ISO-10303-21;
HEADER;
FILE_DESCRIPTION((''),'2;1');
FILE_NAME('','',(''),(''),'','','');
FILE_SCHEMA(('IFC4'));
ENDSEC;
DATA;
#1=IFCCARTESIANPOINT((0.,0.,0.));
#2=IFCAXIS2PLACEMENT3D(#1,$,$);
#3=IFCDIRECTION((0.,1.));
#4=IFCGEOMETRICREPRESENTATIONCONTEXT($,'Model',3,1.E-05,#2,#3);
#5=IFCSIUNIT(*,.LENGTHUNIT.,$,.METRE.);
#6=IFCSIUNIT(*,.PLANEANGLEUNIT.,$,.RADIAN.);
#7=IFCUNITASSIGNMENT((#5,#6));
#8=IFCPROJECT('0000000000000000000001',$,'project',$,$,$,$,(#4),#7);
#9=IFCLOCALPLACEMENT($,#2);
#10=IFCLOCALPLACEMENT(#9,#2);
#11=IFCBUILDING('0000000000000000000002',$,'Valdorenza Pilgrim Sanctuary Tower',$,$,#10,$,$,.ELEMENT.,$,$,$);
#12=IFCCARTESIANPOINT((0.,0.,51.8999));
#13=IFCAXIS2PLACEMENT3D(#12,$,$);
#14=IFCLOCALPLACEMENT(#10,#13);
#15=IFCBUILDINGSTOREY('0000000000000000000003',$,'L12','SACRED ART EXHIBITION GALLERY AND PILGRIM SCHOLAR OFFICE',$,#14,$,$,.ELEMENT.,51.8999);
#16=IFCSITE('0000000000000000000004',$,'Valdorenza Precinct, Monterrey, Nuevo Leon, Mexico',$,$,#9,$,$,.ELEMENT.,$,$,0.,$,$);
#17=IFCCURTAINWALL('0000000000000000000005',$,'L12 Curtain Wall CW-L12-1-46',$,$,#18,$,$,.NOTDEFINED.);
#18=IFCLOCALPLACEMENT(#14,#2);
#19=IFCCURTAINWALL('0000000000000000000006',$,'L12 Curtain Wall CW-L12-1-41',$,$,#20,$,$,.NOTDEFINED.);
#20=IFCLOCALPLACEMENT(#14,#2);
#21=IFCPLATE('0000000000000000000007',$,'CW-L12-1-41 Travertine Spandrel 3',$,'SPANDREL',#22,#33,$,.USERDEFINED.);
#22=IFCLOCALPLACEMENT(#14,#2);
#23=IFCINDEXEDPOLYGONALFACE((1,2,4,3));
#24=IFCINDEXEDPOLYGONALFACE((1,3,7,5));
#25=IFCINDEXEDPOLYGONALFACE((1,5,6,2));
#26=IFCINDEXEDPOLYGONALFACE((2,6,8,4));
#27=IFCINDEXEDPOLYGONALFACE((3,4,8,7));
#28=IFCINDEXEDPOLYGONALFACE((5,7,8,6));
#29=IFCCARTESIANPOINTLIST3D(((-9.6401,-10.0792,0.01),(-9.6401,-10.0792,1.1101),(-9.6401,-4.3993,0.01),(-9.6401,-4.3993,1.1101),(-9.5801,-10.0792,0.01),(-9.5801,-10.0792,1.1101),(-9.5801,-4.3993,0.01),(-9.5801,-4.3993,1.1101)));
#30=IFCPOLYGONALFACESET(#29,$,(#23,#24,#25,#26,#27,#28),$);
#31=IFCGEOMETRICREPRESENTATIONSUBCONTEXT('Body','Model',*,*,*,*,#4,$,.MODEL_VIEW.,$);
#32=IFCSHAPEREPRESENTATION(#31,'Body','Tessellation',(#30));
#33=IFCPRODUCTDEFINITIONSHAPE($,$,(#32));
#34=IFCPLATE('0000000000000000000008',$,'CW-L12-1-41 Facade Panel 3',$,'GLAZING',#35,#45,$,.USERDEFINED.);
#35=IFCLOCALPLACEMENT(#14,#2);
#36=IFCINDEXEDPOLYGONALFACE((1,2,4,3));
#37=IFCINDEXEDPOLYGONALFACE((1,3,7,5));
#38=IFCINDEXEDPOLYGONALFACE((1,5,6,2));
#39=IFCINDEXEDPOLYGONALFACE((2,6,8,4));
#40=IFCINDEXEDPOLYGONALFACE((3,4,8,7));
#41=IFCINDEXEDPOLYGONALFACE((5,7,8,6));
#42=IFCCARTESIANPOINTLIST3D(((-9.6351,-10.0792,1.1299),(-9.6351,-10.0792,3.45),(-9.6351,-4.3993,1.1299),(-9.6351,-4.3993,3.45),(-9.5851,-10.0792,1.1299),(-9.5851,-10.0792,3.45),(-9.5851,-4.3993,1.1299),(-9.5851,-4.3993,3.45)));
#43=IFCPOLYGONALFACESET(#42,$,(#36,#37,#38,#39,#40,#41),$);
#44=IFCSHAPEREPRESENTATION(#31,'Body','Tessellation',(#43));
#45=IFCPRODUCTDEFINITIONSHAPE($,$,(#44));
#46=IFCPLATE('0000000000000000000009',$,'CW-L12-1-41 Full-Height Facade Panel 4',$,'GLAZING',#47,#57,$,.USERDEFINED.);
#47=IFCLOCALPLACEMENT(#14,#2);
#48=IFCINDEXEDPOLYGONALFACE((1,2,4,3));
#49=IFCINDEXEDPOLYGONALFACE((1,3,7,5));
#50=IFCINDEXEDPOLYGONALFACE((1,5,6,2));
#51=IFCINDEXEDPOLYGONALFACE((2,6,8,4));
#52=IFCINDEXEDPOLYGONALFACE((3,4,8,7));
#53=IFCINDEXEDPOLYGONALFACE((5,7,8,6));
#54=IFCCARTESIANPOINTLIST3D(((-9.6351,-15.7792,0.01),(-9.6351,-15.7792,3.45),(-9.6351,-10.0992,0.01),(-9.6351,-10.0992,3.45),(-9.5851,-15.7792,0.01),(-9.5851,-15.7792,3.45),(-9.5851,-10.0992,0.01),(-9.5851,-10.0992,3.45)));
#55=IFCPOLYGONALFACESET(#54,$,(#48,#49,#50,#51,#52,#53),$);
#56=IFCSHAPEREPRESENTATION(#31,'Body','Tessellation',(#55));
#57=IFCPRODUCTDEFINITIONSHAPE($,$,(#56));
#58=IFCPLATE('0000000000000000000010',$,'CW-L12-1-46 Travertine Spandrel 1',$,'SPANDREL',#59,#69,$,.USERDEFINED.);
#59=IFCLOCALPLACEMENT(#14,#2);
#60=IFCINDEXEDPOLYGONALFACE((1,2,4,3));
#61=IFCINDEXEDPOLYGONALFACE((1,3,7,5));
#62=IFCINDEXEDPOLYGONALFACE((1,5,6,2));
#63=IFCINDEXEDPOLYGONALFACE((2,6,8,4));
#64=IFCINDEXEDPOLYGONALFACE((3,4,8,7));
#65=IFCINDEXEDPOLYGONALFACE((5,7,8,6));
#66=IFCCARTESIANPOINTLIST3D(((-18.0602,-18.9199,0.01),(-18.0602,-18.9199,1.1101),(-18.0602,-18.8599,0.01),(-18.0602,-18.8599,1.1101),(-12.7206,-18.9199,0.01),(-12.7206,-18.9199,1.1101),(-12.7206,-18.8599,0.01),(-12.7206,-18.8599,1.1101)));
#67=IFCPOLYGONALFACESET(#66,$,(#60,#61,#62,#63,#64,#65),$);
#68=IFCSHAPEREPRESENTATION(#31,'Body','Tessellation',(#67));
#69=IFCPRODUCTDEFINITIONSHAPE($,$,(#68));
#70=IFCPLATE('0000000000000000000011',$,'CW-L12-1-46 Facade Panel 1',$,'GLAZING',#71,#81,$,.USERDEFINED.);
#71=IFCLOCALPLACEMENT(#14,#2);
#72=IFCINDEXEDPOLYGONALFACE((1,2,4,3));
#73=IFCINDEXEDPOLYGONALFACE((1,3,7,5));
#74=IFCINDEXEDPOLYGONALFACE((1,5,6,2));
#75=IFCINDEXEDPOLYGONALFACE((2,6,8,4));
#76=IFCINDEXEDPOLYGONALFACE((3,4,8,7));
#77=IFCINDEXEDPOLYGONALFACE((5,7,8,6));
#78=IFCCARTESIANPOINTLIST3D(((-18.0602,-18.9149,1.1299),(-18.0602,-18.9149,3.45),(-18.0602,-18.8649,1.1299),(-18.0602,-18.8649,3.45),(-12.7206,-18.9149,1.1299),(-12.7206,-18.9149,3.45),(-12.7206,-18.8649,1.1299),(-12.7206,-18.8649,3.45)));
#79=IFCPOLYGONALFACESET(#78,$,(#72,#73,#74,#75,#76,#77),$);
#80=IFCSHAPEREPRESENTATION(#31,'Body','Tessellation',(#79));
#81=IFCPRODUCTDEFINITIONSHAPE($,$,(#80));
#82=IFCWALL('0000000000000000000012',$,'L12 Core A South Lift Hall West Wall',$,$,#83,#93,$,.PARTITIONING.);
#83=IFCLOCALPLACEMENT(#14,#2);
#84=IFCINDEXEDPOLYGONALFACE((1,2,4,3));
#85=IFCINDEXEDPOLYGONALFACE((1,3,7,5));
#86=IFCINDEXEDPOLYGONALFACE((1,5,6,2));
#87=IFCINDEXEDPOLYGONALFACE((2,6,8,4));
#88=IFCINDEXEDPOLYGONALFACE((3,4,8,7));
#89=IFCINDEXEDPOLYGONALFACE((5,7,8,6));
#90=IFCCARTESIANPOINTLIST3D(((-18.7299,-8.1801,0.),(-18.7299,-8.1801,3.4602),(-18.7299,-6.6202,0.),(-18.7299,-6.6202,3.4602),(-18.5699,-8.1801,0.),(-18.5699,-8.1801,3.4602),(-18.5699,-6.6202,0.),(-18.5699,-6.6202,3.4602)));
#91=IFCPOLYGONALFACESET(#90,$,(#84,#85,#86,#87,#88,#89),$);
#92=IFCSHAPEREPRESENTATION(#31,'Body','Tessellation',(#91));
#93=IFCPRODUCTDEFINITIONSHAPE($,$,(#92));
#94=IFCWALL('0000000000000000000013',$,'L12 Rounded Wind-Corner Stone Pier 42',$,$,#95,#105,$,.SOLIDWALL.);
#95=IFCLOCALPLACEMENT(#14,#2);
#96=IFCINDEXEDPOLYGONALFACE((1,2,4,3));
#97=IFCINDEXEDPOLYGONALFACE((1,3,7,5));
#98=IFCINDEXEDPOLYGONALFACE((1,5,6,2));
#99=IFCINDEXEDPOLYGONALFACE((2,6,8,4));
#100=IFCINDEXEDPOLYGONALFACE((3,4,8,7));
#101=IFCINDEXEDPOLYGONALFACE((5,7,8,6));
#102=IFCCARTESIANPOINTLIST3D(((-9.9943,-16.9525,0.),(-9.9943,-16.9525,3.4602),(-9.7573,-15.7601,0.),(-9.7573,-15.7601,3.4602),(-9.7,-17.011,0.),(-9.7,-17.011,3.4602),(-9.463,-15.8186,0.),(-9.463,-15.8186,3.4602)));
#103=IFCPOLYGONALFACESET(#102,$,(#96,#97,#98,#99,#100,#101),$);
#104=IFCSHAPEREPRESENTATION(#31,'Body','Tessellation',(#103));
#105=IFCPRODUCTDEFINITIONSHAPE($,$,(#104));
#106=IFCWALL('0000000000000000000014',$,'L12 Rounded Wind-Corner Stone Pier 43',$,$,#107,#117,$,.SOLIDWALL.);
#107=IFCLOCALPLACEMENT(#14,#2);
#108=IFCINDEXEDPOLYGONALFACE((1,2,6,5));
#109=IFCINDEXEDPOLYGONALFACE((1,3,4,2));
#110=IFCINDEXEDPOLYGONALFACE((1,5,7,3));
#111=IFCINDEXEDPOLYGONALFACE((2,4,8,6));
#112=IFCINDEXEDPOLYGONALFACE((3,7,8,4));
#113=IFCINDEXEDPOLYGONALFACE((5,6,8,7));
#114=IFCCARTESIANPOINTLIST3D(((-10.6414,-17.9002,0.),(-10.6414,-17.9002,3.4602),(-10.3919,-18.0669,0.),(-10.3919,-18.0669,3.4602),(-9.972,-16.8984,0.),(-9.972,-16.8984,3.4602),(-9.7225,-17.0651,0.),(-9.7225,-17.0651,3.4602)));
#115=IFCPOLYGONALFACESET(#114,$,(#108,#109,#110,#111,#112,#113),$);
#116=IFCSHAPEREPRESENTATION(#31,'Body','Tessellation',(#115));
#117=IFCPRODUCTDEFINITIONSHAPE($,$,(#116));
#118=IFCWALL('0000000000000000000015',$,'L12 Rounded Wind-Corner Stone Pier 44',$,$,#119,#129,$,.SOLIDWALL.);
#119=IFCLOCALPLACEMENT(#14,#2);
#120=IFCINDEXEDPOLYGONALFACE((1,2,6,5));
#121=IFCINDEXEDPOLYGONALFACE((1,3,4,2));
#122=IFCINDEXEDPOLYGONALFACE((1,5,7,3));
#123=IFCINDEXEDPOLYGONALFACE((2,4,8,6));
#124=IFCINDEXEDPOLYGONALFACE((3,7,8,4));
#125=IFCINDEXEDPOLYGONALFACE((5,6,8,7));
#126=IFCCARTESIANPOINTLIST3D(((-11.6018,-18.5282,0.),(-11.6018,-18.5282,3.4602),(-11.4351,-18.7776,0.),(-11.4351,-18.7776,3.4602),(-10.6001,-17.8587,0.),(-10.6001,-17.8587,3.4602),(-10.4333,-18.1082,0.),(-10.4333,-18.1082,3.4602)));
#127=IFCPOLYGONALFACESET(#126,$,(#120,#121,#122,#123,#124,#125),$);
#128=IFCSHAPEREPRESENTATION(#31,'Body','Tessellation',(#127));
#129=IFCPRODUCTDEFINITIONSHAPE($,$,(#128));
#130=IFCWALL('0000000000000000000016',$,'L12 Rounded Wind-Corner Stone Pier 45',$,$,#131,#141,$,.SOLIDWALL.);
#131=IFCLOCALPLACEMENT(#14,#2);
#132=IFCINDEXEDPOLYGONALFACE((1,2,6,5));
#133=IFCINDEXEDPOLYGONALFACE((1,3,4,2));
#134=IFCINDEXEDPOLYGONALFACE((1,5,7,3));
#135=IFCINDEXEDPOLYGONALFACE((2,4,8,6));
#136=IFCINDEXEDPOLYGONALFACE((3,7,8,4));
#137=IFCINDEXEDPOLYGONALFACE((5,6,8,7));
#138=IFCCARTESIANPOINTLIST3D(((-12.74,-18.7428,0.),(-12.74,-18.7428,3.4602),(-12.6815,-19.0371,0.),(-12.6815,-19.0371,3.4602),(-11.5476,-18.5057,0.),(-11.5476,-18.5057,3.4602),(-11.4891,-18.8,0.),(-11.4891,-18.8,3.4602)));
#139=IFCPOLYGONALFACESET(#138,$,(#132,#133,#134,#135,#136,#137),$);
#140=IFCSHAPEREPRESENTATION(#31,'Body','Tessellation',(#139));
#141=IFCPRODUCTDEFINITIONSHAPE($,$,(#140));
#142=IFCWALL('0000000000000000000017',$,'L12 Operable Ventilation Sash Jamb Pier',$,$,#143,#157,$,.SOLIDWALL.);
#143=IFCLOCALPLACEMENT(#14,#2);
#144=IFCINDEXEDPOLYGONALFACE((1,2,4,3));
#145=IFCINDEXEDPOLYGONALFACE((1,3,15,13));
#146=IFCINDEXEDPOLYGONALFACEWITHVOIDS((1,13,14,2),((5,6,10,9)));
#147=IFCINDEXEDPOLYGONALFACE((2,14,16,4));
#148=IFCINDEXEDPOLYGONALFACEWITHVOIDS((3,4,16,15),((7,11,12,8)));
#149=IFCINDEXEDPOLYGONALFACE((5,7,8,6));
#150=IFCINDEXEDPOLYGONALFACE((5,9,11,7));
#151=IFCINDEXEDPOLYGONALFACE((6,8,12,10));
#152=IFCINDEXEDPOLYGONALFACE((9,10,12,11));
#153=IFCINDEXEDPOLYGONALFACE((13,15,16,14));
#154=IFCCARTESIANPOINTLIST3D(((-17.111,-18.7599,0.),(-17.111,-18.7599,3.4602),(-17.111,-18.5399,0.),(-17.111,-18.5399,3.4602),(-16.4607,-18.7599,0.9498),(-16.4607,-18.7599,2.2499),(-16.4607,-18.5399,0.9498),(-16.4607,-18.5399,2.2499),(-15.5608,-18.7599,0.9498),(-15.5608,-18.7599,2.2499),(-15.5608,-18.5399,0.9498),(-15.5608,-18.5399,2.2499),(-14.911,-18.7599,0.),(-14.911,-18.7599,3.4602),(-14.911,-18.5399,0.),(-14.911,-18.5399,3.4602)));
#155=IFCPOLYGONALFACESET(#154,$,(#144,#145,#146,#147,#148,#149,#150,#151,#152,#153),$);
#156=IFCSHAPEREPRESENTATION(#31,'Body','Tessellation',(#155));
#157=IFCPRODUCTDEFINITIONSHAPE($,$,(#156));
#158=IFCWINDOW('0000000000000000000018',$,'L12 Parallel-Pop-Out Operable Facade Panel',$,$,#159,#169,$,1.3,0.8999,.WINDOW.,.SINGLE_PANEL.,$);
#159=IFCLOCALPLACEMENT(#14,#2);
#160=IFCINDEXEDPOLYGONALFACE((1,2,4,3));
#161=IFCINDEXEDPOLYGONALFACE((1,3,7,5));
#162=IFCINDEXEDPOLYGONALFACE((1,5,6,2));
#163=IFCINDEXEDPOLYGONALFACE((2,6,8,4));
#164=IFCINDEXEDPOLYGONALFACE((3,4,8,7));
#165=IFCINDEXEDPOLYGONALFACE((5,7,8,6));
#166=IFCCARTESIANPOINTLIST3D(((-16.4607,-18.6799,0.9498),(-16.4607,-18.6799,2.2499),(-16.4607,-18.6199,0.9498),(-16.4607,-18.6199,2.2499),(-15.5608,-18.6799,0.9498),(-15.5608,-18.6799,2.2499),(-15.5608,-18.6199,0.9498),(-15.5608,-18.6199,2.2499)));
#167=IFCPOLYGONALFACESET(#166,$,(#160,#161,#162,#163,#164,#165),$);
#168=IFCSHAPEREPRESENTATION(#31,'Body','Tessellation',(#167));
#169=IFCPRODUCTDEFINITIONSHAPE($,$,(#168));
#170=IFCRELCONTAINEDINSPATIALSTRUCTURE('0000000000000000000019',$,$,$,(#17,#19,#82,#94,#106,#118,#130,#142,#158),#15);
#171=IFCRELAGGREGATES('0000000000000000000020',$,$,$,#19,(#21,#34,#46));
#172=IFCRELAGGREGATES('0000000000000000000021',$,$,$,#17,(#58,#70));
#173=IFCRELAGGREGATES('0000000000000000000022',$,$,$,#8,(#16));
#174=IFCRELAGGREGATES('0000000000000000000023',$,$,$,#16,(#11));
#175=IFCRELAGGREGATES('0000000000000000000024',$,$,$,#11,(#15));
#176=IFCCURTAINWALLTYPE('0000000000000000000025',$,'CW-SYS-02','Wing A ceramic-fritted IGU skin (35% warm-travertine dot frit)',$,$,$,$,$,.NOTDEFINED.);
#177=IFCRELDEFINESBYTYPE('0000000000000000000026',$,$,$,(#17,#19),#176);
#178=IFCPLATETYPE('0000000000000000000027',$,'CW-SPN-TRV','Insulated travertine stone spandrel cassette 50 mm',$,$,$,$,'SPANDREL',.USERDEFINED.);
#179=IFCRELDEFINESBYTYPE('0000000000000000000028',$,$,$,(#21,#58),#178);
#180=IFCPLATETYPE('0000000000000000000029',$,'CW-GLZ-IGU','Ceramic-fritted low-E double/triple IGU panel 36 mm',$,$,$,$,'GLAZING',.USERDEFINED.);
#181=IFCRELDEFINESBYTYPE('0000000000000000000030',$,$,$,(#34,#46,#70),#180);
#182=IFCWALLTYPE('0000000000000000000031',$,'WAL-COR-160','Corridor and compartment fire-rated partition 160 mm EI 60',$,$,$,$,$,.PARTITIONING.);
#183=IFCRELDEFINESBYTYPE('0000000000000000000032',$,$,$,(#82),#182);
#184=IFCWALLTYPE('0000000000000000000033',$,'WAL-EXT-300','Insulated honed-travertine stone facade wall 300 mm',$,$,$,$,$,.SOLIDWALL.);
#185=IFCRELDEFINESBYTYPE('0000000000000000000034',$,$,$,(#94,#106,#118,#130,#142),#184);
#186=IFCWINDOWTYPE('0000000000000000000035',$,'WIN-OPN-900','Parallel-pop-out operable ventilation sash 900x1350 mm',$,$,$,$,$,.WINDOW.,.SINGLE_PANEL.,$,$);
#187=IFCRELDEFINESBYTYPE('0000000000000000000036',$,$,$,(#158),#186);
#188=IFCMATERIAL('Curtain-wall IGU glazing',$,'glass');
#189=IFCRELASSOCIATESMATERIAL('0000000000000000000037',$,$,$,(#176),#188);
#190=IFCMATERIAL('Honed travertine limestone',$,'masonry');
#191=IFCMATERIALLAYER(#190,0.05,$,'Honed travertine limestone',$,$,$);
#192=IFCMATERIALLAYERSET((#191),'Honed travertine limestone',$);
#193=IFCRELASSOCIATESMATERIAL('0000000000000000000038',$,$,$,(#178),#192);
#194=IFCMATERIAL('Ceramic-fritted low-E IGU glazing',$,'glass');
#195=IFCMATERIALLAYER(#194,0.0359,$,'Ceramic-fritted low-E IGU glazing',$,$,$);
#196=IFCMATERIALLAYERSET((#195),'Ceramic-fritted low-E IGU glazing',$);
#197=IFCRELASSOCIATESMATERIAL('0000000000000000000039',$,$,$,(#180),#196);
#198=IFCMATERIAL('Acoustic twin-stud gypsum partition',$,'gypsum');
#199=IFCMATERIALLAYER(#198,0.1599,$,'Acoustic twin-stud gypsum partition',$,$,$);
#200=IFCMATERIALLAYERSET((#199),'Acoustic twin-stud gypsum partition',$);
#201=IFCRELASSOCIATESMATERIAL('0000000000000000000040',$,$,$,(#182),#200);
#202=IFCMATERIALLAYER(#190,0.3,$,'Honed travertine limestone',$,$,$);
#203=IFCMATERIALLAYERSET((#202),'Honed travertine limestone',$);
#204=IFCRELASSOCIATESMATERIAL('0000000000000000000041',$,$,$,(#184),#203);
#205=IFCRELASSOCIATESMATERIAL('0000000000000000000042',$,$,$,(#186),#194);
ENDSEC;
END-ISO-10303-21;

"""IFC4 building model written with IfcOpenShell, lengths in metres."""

from ifc_helpers import new_model, si_unit, direction, frame, frame_2d, origin, origin_2d, place, context, subcontext, project, spatial, rectangle, extrude, source, transform, mapped, material, layer, layer_set, type_object, element, fill, aggregate, save


model = new_model("IFC4")

# Units and contexts
model_context = context("Model", 3, precision=1e-05, world=origin(), true_north=direction((0.0, 1.0)))
body_context = subcontext(model_context, "Body", "Model", "MODEL_VIEW")
ifc_project = project(units=[si_unit("LENGTHUNIT", "METRE"), si_unit("PLANEANGLEUNIT", "RADIAN")], contexts=[model_context])

# Site, building, storey
site_placement = place(None, origin())
site = spatial("IfcSite", under=ifc_project, at=site_placement, Name="Valdorenza Precinct, Monterrey, Nuevo Leon, Mexico", CompositionType="ELEMENT", RefElevation=0.0)
building_placement = place(site_placement, origin())
building = spatial("IfcBuilding", under=site, at=building_placement, Name="Valdorenza Pilgrim Sanctuary Tower", CompositionType="ELEMENT")
storey_placement = place(building_placement, frame((0.0, 0.0, 51.8999)))
storey = spatial("IfcBuildingStorey", under=building, at=storey_placement, Name="L12", Description="SACRED ART EXHIBITION GALLERY AND PILGRIM SCHOLAR OFFICE", CompositionType="ELEMENT", Elevation=51.8999)

# Curtain wall
ifc_material_1 = material(Name="Curtain-wall IGU glazing", Category="glass")
curtain_wall_type = type_object("IfcCurtainWallType", Name="CW-SYS-02", Description="Wing A ceramic-fritted IGU skin (35% warm-travertine dot frit)", PredefinedType="NOTDEFINED", material=ifc_material_1)
curtain_wall_1_placement = place(storey_placement, origin())
curtain_wall_1 = element("IfcCurtainWall", 1, at=curtain_wall_1_placement, inside=storey, type_object=curtain_wall_type, Name="L12 Curtain Wall CW-L12-1-46", PredefinedType="NOTDEFINED")

# Curtain wall
curtain_wall_2_placement = place(storey_placement, origin())
curtain_wall_2 = element("IfcCurtainWall", 2, at=curtain_wall_2_placement, inside=storey, type_object=curtain_wall_type, Name="L12 Curtain Wall CW-L12-1-41", PredefinedType="NOTDEFINED")

# Plates
ifc_material_2 = material(Name="Honed travertine limestone", Category="masonry")
ifc_layer_1 = layer(ifc_material_2, 0.05, Name="Honed travertine limestone")
ifc_layer_set_1 = layer_set([ifc_layer_1], Name="Honed travertine limestone")
plate_type_1 = type_object("IfcPlateType", Name="CW-SPN-TRV", Description="Insulated travertine stone spandrel cassette 50 mm", ElementType="SPANDREL", PredefinedType="USERDEFINED", material=ifc_layer_set_1)
shared_shape_1 = source(origin(), body_context, "Body", "SweptSolid", [
    extrude(rectangle(XDim=5.6799, YDim=0.0601, at=origin_2d()), origin(), (0.0, 0.0, 1.0), 1.1001),
])
plate_1_placement = place(storey_placement, frame((-9.6101, -7.2393, 0.01), z_axis=(0.0, 0.0, 1.0), x_axis=(0.0, -1.0, 0.0)))
plate_1 = element("IfcPlate", 3, at=plate_1_placement, type_object=plate_type_1, Name="CW-L12-1-41 Travertine Spandrel 3", ObjectType="SPANDREL", PredefinedType="USERDEFINED", context=body_context, shape_type="MappedRepresentation", body=[
    mapped(shared_shape_1, transform((0.0, 0.0, 0.0), x_axis=(1.0, 0.0, 0.0), y_axis=(0.0, 1.0, 0.0), z_axis=(0.0, 0.0, 1.0), scale=1.0)),
])
ifc_material_3 = material(Name="Ceramic-fritted low-E IGU glazing", Category="glass")
ifc_layer_2 = layer(ifc_material_3, 0.0359, Name="Ceramic-fritted low-E IGU glazing")
ifc_layer_set_2 = layer_set([ifc_layer_2], Name="Ceramic-fritted low-E IGU glazing")
plate_type_2 = type_object("IfcPlateType", Name="CW-GLZ-IGU", Description="Ceramic-fritted low-E double/triple IGU panel 36 mm", ElementType="GLAZING", PredefinedType="USERDEFINED", material=ifc_layer_set_2)
shared_shape_2 = source(origin(), body_context, "Body", "SweptSolid", [
    extrude(rectangle(XDim=5.6799, YDim=0.05, at=origin_2d()), origin(), (0.0, 0.0, 1.0), 2.3201),
])
plate_2_placement = place(storey_placement, frame((-9.6101, -7.2393, 1.1299), z_axis=(0.0, 0.0, 1.0), x_axis=(0.0, -1.0, 0.0)))
plate_2 = element("IfcPlate", 4, at=plate_2_placement, type_object=plate_type_2, Name="CW-L12-1-41 Facade Panel 3", ObjectType="GLAZING", PredefinedType="USERDEFINED", context=body_context, shape_type="MappedRepresentation", body=[
    mapped(shared_shape_2, transform((0.0, 0.0, 0.0), x_axis=(1.0, 0.0, 0.0), y_axis=(0.0, 1.0, 0.0), z_axis=(0.0, 0.0, 1.0), scale=1.0)),
])
shared_shape_3 = source(origin(), body_context, "Body", "SweptSolid", [
    extrude(rectangle(XDim=5.6799, YDim=0.05, at=origin_2d()), origin(), (0.0, 0.0, 1.0), 3.4399),
])
plate_3_placement = place(storey_placement, frame((-9.6101, -12.9392, 0.01), z_axis=(0.0, 0.0, 1.0), x_axis=(0.0, -1.0, 0.0)))
plate_3 = element("IfcPlate", 5, at=plate_3_placement, type_object=plate_type_2, Name="CW-L12-1-41 Full-Height Facade Panel 4", ObjectType="GLAZING", PredefinedType="USERDEFINED", context=body_context, shape_type="MappedRepresentation", body=[
    mapped(shared_shape_3, transform((0.0, 0.0, 0.0), x_axis=(1.0, 0.0, 0.0), y_axis=(0.0, 1.0, 0.0), z_axis=(0.0, 0.0, 1.0), scale=1.0)),
])
aggregate(curtain_wall_2, [plate_1, plate_2, plate_3])
shared_shape_4 = source(origin(), body_context, "Body", "SweptSolid", [
    extrude(rectangle(XDim=5.3396, YDim=0.0601, at=origin_2d()), origin(), (0.0, 0.0, 1.0), 1.1001),
])
plate_4_placement = place(storey_placement, frame((-15.3904, -18.8899, 0.01), z_axis=(0.0, 0.0, 1.0), x_axis=(-1.0, 0.0, 0.0)))
plate_4 = element("IfcPlate", 6, at=plate_4_placement, type_object=plate_type_1, Name="CW-L12-1-46 Travertine Spandrel 1", ObjectType="SPANDREL", PredefinedType="USERDEFINED", context=body_context, shape_type="MappedRepresentation", body=[
    mapped(shared_shape_4, transform((0.0, 0.0, 0.0), x_axis=(1.0, 0.0, 0.0), y_axis=(0.0, 1.0, 0.0), z_axis=(0.0, 0.0, 1.0), scale=1.0)),
])
shared_shape_5 = source(origin(), body_context, "Body", "SweptSolid", [
    extrude(rectangle(XDim=5.3396, YDim=0.05, at=origin_2d()), origin(), (0.0, 0.0, 1.0), 2.3201),
])
plate_5_placement = place(storey_placement, frame((-15.3904, -18.8899, 1.1299), z_axis=(0.0, 0.0, 1.0), x_axis=(-1.0, 0.0, 0.0)))
plate_5 = element("IfcPlate", 7, at=plate_5_placement, type_object=plate_type_2, Name="CW-L12-1-46 Facade Panel 1", ObjectType="GLAZING", PredefinedType="USERDEFINED", context=body_context, shape_type="MappedRepresentation", body=[
    mapped(shared_shape_5, transform((0.0, 0.0, 0.0), x_axis=(1.0, 0.0, 0.0), y_axis=(0.0, 1.0, 0.0), z_axis=(0.0, 0.0, 1.0), scale=1.0)),
])
aggregate(curtain_wall_1, [plate_4, plate_5])

# Walls
ifc_material_4 = material(Name="Acoustic twin-stud gypsum partition", Category="gypsum")
ifc_layer_3 = layer(ifc_material_4, 0.1599, Name="Acoustic twin-stud gypsum partition")
ifc_layer_set_3 = layer_set([ifc_layer_3], Name="Acoustic twin-stud gypsum partition")
wall_type_1 = type_object("IfcWallType", Name="WAL-COR-160", Description="Corridor and compartment fire-rated partition 160 mm EI 60", PredefinedType="PARTITIONING", material=ifc_layer_set_3)
wall_1_placement = place(storey_placement, frame((-18.6499, -8.1799, 0.0), z_axis=(0.0, 0.0, 1.0), x_axis=(0.0, 1.0, 0.0)))
element("IfcWall", 8, at=wall_1_placement, inside=storey, type_object=wall_type_1, Name="L12 Core A South Lift Hall West Wall", PredefinedType="PARTITIONING", context=body_context, shape_type="SweptSolid", body=[
    extrude(rectangle(XDim=1.5598, YDim=0.1599, at=frame_2d((0.7798, 0.0))), origin(), (0.0, 0.0, 1.0), 3.4602),
])
ifc_layer_4 = layer(ifc_material_2, 0.3, Name="Honed travertine limestone")
ifc_layer_set_4 = layer_set([ifc_layer_4], Name="Honed travertine limestone")
wall_type_2 = type_object("IfcWallType", Name="WAL-EXT-300", Description="Insulated honed-travertine stone facade wall 300 mm", PredefinedType="SOLIDWALL", material=ifc_layer_set_4)
wall_2_placement = place(storey_placement, frame((-9.6101, -15.7893, 0.0), z_axis=(0.0, 0.0, 1.0), x_axis=(-0.194996, -0.980804, 0.0)))
element("IfcWall", 9, at=wall_2_placement, inside=storey, type_object=wall_type_2, Name="L12 Rounded Wind-Corner Stone Pier 42", PredefinedType="SOLIDWALL", context=body_context, shape_type="SweptSolid", body=[
    extrude(rectangle(XDim=1.2158, YDim=0.3, at=frame_2d((0.6079, 0.0))), origin(), (0.0, 0.0, 1.0), 3.4602),
])
for number, where, z_axis, x_axis, name in (
    (10, (-9.8472, -16.9817, 0.0), (0.0, 0.0, 1.0), (-0.555635, -0.831426, 0.0), "L12 Rounded Wind-Corner Stone Pier 43"),
    (11, (-10.5166, -17.9834, 0.0), (0.0, 0.0, 1.0), (-0.831426, -0.555635, 0.0), "L12 Rounded Wind-Corner Stone Pier 44"),
):
    element("IfcWall", number, at=place(storey_placement, frame(where, z_axis=z_axis, x_axis=x_axis)), inside=storey, type_object=wall_type_2, Name=name, PredefinedType="SOLIDWALL", context=body_context, shape_type="SweptSolid", body=[
        extrude(rectangle(XDim=1.2048, YDim=0.3, at=frame_2d((0.6025, 0.0))), origin(), (0.0, 0.0, 1.0), 3.4602),
    ])
wall_3_placement = place(storey_placement, frame((-11.5183, -18.6528, 0.0), z_axis=(0.0, 0.0, 1.0), x_axis=(-0.980804, -0.194996, 0.0)))
element("IfcWall", 12, at=wall_3_placement, inside=storey, type_object=wall_type_2, Name="L12 Rounded Wind-Corner Stone Pier 45", PredefinedType="SOLIDWALL", context=body_context, shape_type="SweptSolid", body=[
    extrude(rectangle(XDim=1.2158, YDim=0.3, at=frame_2d((0.6079, 0.0))), origin(), (0.0, 0.0, 1.0), 3.4602),
])

# Wall, opening, window
wall_4_placement = place(storey_placement, frame((-14.9109, -18.6499, 0.0), z_axis=(0.0, 0.0, 1.0), x_axis=(-1.0, 0.0, 0.0)))
wall_4 = element("IfcWall", 13, at=wall_4_placement, inside=storey, type_object=wall_type_2, Name="L12 Operable Ventilation Sash Jamb Pier", PredefinedType="SOLIDWALL", context=body_context, shape_type="SweptSolid", body=[
    extrude(rectangle(XDim=2.2, YDim=0.22, at=frame_2d((1.1001, 0.0))), origin(), (0.0, 0.0, 1.0), 3.4602),
])
opening_1_placement = place(wall_4_placement, frame((0.6499, 0.0, 0.95)))
opening_1 = element("IfcOpeningElement", 14, at=opening_1_placement, cuts=wall_4, PredefinedType="OPENING", context=body_context, shape_type="SweptSolid", body=[
    extrude(rectangle(XDim=0.8999, YDim=1.3, at=frame_2d((0.45, 0.6499))), frame((0.0, 0.125, 0.0), z_axis=(0.0, -1.0, 0.0), x_axis=(1.0, 0.0, 0.0)), (0.0, 0.0, 1.0), 0.2498),
])
window_type = type_object("IfcWindowType", Name="WIN-OPN-900", Description="Parallel-pop-out operable ventilation sash 900x1350 mm", PartitioningType="SINGLE_PANEL", PredefinedType="WINDOW", material=ifc_material_3)
window_placement = place(opening_1_placement, origin())
window = element("IfcWindow", 15, at=window_placement, inside=storey, type_object=window_type, Name="L12 Parallel-Pop-Out Operable Facade Panel", OverallHeight=1.3, OverallWidth=0.8999, PartitioningType="SINGLE_PANEL", PredefinedType="WINDOW", context=body_context, shape_type="SweptSolid", body=[
    extrude(rectangle(XDim=0.8999, YDim=1.3, at=frame_2d((0.45, 0.6499))), frame((0.0, 0.03, 0.0), z_axis=(0.0, -1.0, 0.0), x_axis=(1.0, 0.0, 0.0)), (0.0, 0.0, 1.0), 0.0601),
])
fill(opening_1, window)

save(model, "model.ifc")
